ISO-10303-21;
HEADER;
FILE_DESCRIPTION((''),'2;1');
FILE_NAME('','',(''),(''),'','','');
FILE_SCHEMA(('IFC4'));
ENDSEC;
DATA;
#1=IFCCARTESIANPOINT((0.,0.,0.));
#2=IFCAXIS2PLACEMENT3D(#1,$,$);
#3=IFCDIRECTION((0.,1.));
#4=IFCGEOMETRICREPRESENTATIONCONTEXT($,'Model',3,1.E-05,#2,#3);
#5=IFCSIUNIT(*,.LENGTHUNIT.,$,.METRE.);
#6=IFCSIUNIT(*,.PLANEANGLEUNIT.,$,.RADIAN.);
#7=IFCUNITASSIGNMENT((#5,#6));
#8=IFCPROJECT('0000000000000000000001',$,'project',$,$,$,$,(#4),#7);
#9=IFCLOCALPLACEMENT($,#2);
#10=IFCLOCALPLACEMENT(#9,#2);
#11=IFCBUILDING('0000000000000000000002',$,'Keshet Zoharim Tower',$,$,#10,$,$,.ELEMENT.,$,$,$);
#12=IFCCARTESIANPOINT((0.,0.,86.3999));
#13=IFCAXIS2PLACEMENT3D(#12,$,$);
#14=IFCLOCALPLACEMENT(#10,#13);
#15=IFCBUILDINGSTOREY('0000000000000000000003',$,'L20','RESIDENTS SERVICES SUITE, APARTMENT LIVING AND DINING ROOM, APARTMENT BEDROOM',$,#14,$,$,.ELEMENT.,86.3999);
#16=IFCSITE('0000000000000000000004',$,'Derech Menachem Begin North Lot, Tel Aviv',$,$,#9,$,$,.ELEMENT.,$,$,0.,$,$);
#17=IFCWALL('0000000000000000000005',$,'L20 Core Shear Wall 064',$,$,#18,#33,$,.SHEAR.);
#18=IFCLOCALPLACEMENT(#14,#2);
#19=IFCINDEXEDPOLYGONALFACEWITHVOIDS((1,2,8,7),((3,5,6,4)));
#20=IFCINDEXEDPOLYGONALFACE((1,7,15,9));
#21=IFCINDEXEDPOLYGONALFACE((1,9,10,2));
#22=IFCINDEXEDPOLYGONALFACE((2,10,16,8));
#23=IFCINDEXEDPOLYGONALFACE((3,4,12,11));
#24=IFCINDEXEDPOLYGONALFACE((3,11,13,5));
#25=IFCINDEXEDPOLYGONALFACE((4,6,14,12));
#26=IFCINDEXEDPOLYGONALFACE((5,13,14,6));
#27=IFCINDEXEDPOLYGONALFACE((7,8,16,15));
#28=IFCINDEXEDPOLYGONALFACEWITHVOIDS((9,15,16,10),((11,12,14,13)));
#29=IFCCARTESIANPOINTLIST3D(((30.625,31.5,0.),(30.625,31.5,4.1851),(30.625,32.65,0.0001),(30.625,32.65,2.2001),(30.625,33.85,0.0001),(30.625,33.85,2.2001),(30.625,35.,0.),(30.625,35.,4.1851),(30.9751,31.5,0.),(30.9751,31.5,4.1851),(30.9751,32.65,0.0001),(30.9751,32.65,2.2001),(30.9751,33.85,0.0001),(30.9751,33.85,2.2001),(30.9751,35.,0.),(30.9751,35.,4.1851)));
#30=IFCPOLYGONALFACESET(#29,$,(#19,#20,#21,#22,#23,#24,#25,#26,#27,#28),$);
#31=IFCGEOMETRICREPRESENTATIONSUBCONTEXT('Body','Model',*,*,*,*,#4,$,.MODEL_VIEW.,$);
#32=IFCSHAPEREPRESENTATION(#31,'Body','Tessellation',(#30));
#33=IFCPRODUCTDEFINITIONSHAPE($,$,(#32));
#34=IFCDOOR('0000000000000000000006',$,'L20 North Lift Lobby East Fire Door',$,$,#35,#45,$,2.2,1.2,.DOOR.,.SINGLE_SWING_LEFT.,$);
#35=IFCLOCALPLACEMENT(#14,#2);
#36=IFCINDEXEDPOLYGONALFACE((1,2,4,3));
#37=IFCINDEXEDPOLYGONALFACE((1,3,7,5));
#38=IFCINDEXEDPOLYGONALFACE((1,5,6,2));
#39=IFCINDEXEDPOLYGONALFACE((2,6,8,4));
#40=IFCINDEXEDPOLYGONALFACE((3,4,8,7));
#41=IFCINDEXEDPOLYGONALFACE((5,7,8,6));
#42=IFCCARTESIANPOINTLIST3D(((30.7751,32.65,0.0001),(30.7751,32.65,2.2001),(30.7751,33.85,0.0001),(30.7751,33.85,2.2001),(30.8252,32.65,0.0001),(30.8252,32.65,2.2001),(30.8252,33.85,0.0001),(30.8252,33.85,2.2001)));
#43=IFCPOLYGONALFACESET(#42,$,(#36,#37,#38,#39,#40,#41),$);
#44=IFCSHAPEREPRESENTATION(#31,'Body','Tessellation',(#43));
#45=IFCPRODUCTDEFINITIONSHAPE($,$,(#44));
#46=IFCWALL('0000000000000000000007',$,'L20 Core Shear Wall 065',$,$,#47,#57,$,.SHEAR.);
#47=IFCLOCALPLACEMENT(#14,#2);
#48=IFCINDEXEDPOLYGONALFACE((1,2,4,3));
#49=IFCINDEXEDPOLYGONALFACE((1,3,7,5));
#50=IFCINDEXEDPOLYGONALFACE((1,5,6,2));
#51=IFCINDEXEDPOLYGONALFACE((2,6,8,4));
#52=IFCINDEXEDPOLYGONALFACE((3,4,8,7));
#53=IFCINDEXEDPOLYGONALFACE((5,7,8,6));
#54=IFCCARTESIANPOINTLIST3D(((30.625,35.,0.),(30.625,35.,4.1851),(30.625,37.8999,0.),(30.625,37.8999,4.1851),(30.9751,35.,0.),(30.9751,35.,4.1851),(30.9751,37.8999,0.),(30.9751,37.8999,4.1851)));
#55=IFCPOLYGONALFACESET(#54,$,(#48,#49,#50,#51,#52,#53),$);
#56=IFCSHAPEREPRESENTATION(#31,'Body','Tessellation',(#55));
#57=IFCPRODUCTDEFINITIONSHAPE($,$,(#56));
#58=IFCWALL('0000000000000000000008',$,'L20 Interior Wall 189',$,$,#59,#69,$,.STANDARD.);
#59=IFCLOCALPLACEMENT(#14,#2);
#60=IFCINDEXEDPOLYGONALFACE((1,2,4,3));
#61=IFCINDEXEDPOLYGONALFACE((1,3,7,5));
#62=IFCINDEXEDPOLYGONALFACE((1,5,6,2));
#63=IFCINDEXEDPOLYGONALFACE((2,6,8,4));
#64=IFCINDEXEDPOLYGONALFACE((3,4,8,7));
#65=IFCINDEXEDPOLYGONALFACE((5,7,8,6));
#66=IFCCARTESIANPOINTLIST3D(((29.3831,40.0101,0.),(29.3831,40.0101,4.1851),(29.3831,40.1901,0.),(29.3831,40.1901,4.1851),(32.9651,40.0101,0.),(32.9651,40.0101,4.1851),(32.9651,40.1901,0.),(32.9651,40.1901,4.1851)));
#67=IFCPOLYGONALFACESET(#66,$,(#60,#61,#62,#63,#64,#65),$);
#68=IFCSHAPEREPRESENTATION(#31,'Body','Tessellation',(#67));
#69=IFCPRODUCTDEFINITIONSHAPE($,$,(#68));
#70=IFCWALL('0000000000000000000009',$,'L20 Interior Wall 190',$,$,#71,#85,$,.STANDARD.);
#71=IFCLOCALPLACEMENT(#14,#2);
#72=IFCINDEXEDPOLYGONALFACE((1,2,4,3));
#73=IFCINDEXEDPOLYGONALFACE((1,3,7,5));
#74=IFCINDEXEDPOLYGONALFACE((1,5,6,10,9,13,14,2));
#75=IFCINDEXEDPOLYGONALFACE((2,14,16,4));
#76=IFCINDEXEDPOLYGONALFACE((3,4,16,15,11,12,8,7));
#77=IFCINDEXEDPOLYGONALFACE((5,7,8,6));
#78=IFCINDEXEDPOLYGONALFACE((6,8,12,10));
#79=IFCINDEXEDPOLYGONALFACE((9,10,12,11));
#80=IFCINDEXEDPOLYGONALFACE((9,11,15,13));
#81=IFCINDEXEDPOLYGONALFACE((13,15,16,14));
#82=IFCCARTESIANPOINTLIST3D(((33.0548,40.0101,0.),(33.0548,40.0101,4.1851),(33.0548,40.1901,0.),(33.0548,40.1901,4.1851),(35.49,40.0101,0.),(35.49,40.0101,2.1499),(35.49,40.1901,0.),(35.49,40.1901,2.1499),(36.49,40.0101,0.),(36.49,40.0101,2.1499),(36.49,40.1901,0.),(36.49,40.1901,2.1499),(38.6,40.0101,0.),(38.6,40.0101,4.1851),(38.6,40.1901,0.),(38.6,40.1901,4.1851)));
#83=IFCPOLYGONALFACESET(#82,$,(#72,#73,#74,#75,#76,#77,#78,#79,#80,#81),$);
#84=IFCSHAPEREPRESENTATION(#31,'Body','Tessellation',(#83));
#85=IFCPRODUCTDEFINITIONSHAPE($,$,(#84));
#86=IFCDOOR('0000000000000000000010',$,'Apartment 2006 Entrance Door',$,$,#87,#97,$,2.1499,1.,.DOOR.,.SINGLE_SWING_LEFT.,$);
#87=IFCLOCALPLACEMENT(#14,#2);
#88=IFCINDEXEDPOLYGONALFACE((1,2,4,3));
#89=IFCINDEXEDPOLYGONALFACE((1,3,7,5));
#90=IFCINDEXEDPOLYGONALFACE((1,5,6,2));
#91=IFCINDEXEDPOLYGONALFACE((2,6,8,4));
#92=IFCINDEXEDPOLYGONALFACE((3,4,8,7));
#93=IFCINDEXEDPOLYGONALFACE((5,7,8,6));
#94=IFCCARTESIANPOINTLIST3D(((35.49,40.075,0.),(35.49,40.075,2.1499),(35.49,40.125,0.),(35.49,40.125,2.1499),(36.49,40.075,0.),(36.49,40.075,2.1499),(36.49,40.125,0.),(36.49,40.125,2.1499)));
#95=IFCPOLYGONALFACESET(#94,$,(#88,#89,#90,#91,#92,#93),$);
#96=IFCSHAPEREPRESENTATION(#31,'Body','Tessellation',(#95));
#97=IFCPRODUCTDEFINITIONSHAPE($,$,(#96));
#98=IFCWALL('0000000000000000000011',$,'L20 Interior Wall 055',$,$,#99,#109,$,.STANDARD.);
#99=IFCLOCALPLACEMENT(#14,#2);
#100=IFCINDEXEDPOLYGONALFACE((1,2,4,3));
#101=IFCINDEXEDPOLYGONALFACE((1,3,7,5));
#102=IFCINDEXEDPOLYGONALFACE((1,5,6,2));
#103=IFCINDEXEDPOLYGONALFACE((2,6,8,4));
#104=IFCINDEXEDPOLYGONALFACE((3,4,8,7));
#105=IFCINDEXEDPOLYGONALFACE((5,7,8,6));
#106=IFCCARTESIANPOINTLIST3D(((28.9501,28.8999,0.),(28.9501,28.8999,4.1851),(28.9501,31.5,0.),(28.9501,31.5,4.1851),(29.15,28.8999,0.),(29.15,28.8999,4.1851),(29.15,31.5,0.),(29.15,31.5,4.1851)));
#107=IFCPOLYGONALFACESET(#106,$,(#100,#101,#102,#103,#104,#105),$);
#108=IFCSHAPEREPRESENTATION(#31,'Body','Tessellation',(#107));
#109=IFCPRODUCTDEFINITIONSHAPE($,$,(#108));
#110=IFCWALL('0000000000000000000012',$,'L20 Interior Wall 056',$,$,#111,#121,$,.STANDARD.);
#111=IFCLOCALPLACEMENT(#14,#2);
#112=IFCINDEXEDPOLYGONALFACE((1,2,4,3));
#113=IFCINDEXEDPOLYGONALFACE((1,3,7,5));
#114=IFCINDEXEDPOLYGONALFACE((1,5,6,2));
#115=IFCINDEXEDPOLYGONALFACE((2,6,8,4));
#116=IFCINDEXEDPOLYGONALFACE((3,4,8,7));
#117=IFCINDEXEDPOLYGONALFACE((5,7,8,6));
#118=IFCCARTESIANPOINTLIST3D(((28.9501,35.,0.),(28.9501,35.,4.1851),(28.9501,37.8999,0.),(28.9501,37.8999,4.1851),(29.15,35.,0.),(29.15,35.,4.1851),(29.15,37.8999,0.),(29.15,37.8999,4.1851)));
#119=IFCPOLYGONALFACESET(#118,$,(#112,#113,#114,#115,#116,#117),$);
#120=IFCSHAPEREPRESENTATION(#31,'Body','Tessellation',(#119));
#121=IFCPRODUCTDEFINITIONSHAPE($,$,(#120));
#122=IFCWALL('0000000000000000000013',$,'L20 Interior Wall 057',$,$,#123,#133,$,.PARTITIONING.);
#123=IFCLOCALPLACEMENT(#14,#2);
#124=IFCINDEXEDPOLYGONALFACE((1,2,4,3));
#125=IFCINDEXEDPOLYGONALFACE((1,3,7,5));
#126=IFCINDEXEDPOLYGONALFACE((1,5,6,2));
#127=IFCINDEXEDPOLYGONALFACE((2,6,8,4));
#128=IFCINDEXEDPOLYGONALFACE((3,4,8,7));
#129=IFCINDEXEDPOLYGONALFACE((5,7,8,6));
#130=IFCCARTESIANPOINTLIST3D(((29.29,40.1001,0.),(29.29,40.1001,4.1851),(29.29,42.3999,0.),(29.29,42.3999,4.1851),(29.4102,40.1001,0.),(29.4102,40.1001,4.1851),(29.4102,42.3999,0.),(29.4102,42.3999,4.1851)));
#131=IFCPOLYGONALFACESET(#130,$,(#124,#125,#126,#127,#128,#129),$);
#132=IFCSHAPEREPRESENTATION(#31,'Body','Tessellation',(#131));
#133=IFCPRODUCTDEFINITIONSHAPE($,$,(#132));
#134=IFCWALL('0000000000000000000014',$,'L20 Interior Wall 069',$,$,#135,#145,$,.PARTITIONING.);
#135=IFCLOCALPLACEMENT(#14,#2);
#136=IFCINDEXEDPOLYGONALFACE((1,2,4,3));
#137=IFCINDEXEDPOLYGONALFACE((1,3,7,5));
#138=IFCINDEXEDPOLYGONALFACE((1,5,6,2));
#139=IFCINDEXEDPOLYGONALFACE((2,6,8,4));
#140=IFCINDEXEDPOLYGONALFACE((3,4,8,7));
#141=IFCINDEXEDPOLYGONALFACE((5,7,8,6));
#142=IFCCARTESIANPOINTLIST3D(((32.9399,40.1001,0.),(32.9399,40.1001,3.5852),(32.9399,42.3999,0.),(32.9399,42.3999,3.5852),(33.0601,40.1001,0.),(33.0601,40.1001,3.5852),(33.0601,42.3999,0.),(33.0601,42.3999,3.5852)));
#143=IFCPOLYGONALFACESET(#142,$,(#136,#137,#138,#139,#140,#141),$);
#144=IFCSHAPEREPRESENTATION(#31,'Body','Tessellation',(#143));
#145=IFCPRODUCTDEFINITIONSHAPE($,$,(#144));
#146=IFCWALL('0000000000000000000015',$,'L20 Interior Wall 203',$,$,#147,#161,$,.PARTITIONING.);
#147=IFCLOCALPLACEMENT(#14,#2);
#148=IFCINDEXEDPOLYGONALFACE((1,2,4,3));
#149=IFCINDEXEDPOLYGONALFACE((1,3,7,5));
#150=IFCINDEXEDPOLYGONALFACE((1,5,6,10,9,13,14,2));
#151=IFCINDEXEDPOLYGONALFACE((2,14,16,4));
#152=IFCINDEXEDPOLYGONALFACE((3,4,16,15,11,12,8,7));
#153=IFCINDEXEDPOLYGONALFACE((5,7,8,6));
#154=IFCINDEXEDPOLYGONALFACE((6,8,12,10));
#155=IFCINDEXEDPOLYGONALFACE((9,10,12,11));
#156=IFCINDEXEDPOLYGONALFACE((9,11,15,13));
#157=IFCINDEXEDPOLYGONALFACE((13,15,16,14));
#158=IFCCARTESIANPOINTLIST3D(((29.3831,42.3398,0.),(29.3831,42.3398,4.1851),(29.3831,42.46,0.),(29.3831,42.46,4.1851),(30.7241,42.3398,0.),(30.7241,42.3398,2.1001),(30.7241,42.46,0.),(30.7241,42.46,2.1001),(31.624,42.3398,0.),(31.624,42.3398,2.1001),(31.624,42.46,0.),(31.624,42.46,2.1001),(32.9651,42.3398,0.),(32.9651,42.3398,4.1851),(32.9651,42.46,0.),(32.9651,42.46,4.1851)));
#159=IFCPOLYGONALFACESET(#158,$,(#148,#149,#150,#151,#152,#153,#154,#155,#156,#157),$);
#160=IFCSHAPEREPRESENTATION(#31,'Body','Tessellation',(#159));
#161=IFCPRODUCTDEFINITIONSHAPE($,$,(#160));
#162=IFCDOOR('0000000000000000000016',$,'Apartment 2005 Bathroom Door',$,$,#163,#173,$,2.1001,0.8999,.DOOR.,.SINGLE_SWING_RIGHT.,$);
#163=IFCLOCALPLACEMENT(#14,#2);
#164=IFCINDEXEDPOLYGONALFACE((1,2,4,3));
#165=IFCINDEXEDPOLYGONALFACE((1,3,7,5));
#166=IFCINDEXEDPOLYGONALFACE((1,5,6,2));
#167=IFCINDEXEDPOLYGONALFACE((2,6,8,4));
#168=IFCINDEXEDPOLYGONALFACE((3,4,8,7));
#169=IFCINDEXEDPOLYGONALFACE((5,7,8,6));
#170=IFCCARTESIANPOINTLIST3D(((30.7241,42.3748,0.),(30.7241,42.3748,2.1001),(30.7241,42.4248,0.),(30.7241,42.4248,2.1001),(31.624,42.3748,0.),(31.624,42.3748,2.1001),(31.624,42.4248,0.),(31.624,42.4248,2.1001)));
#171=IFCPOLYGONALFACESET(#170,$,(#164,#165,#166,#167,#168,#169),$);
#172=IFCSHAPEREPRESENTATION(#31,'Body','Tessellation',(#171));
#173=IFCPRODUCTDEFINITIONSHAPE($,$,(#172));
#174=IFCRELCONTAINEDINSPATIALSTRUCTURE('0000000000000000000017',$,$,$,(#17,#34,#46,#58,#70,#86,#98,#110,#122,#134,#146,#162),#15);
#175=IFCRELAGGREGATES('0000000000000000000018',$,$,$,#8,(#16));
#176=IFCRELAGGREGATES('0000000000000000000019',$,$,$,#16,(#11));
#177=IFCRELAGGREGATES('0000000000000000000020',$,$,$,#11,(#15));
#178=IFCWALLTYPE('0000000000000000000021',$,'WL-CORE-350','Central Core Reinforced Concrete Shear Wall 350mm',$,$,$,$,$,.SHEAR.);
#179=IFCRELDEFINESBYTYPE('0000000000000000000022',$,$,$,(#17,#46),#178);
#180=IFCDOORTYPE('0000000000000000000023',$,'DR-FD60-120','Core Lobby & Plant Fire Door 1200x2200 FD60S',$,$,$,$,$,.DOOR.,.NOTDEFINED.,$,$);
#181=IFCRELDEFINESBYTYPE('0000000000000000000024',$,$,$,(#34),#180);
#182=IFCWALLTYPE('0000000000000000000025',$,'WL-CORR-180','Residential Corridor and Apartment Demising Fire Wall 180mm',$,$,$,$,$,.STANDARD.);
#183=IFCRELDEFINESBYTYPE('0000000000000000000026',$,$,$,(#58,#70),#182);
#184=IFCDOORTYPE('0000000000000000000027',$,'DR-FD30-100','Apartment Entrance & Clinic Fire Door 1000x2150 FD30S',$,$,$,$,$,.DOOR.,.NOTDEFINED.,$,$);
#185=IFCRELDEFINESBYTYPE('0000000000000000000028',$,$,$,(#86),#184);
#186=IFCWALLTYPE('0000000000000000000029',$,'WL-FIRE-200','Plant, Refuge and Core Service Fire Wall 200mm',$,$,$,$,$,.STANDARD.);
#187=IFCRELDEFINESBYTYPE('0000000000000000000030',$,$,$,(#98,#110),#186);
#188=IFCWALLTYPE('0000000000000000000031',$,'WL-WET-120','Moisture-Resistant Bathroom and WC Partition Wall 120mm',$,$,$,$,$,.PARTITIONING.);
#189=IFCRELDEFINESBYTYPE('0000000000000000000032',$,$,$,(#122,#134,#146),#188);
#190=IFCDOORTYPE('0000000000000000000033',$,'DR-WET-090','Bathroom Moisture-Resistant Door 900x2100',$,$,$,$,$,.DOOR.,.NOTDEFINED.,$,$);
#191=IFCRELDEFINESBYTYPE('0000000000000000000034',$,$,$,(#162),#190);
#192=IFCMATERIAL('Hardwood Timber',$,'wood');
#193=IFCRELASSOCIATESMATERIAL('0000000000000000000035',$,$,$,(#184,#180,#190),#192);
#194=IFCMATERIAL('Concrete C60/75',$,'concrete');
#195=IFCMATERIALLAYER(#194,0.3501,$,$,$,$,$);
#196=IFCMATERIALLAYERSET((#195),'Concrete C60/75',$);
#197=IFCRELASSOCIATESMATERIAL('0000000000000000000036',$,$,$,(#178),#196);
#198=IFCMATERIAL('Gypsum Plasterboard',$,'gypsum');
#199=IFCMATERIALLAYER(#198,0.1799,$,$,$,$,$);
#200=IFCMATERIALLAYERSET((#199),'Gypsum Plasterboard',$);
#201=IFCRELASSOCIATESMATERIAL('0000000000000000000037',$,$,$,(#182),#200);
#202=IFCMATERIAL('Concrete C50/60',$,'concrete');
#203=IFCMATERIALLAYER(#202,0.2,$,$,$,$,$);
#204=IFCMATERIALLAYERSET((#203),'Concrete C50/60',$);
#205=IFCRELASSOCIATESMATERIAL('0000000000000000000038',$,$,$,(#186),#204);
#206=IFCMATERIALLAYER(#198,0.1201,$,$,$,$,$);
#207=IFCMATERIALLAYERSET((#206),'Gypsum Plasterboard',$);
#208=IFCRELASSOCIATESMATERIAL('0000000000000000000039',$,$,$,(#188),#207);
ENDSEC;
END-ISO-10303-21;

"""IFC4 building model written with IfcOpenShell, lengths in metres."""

from ifc_helpers import new_model, si_unit, direction, frame, frame_2d, origin, place, context, subcontext, project, spatial, rectangle, extrude, material, layer, layer_set, type_object, element, fill, save


model = new_model("IFC4")

# Units and contexts
model_context = context("Model", 3, precision=1e-05, world=origin(), true_north=direction((0.0, 1.0)))
body_context = subcontext(model_context, "Body", "Model", "MODEL_VIEW")
ifc_project = project(units=[si_unit("LENGTHUNIT", "METRE"), si_unit("PLANEANGLEUNIT", "RADIAN")], contexts=[model_context])

# Site, building, storey
site_placement = place(None, origin())
site = spatial("IfcSite", under=ifc_project, at=site_placement, Name="Derech Menachem Begin North Lot, Tel Aviv", CompositionType="ELEMENT", RefElevation=0.0)
building_placement = place(site_placement, origin())
building = spatial("IfcBuilding", under=site, at=building_placement, Name="Keshet Zoharim Tower", CompositionType="ELEMENT")
storey_placement = place(building_placement, frame((0.0, 0.0, 86.3999)))
storey = spatial("IfcBuildingStorey", under=building, at=storey_placement, Name="L20", Description="RESIDENTS SERVICES SUITE, APARTMENT LIVING AND DINING ROOM, APARTMENT BEDROOM", CompositionType="ELEMENT", Elevation=86.3999)

# Shared definitions
ifc_material_1 = material(Name="Concrete C60/75", Category="concrete")

# Shared definitions
ifc_material_2 = material(Name="Gypsum Plasterboard", Category="gypsum")

# Shared definitions
ifc_material_3 = material(Name="Hardwood Timber", Category="wood")
door_type_1 = type_object("IfcDoorType", Name="DR-FD30-100", Description="Apartment Entrance & Clinic Fire Door 1000x2150 FD30S", OperationType="NOTDEFINED", PredefinedType="DOOR", material=ifc_material_3)

# Shared definitions
ifc_layer_1 = layer(ifc_material_1, 0.3501)
ifc_layer_set_1 = layer_set([ifc_layer_1], Name="Concrete C60/75")
wall_type_1 = type_object("IfcWallType", Name="WL-CORE-350", Description="Central Core Reinforced Concrete Shear Wall 350mm", PredefinedType="SHEAR", material=ifc_layer_set_1)

# Wall, opening, door
wall_1_placement = place(storey_placement, frame((30.8, 31.5, 0.0), z_axis=(0.0, 0.0, 1.0), x_axis=(0.0, 1.0, 0.0)))
wall_1 = element("IfcWall", 1, at=wall_1_placement, inside=storey, type_object=wall_type_1, Name="L20 Core Shear Wall 064", PredefinedType="SHEAR", context=body_context, shape_type="SweptSolid", body=[
    extrude(rectangle(XDim=3.5, YDim=0.3501, at=frame_2d((1.75, 0.0))), origin(), (0.0, 0.0, 1.0), 4.1851),
])
opening_1_placement = place(wall_1_placement, frame((1.1499, 0.0, 0.0)))
opening_1 = element("IfcOpeningElement", 2, at=opening_1_placement, cuts=wall_1, PredefinedType="OPENING", context=body_context, shape_type="SweptSolid", body=[
    extrude(rectangle(XDim=1.2, YDim=2.2, at=frame_2d((0.6001, 1.1001))), frame((0.0, 0.1851, 0.0), z_axis=(0.0, -1.0, 0.0), x_axis=(1.0, 0.0, 0.0)), (0.0, 0.0, 1.0), 0.3701),
])
door_type_2 = type_object("IfcDoorType", Name="DR-FD60-120", Description="Core Lobby & Plant Fire Door 1200x2200 FD60S", OperationType="NOTDEFINED", PredefinedType="DOOR", material=ifc_material_3)
door_1_placement = place(opening_1_placement, origin())
door_1 = element("IfcDoor", 3, at=door_1_placement, inside=storey, type_object=door_type_2, Name="L20 North Lift Lobby East Fire Door", OperationType="SINGLE_SWING_LEFT", OverallHeight=2.2, OverallWidth=1.2, PredefinedType="DOOR", context=body_context, shape_type="SweptSolid", body=[
    extrude(rectangle(XDim=1.2, YDim=2.2, at=frame_2d((0.6001, 1.1001))), frame((0.0, 0.0249, 0.0), z_axis=(0.0, -1.0, 0.0), x_axis=(1.0, 0.0, 0.0)), (0.0, 0.0, 1.0), 0.05),
])
fill(opening_1, door_1)

# Walls
wall_2_placement = place(storey_placement, frame((30.8, 35.0, 0.0), z_axis=(0.0, 0.0, 1.0), x_axis=(0.0, 1.0, 0.0)))
element("IfcWall", 4, at=wall_2_placement, inside=storey, type_object=wall_type_1, Name="L20 Core Shear Wall 065", PredefinedType="SHEAR", context=body_context, shape_type="SweptSolid", body=[
    extrude(rectangle(XDim=2.8999, YDim=0.3501, at=frame_2d((1.45, 0.0))), origin(), (0.0, 0.0, 1.0), 4.1851),
])
ifc_layer_2 = layer(ifc_material_2, 0.1799)
ifc_layer_set_2 = layer_set([ifc_layer_2], Name="Gypsum Plasterboard")
wall_type_2 = type_object("IfcWallType", Name="WL-CORR-180", Description="Residential Corridor and Apartment Demising Fire Wall 180mm", PredefinedType="STANDARD", material=ifc_layer_set_2)
wall_3_placement = place(storey_placement, frame((29.3831, 40.1001, 0.0), z_axis=(0.0, 0.0, 1.0), x_axis=(1.0, 0.0, 0.0)))
element("IfcWall", 5, at=wall_3_placement, inside=storey, type_object=wall_type_2, Name="L20 Interior Wall 189", PredefinedType="STANDARD", context=body_context, shape_type="SweptSolid", body=[
    extrude(rectangle(XDim=3.582, YDim=0.1799, at=frame_2d((1.791, 0.0))), origin(), (0.0, 0.0, 1.0), 4.1851),
])

# Wall, opening, door
wall_4_placement = place(storey_placement, frame((33.0549, 40.1001, 0.0), z_axis=(0.0, 0.0, 1.0), x_axis=(1.0, 0.0, 0.0)))
wall_4 = element("IfcWall", 6, at=wall_4_placement, inside=storey, type_object=wall_type_2, Name="L20 Interior Wall 190", PredefinedType="STANDARD", context=body_context, shape_type="SweptSolid", body=[
    extrude(rectangle(XDim=5.5452, YDim=0.1799, at=frame_2d((2.7725, 0.0))), origin(), (0.0, 0.0, 1.0), 4.1851),
])
opening_2_placement = place(wall_4_placement, frame((2.4351, 0.0, 0.0)))
opening_2 = element("IfcOpeningElement", 7, at=opening_2_placement, cuts=wall_4, PredefinedType="OPENING", context=body_context, shape_type="SweptSolid", body=[
    extrude(rectangle(XDim=1.0, YDim=2.1499, at=frame_2d((0.5, 1.075))), frame((0.0, 0.1001, 0.0), z_axis=(0.0, -1.0, 0.0), x_axis=(1.0, 0.0, 0.0)), (0.0, 0.0, 1.0), 0.2),
])
door_2_placement = place(opening_2_placement, origin())
door_2 = element("IfcDoor", 8, at=door_2_placement, inside=storey, type_object=door_type_1, Name="Apartment 2006 Entrance Door", OperationType="SINGLE_SWING_LEFT", OverallHeight=2.1499, OverallWidth=1.0, PredefinedType="DOOR", context=body_context, shape_type="SweptSolid", body=[
    extrude(rectangle(XDim=1.0, YDim=2.1499, at=frame_2d((0.5, 1.075))), frame((0.0, 0.0249, 0.0), z_axis=(0.0, -1.0, 0.0), x_axis=(1.0, 0.0, 0.0)), (0.0, 0.0, 1.0), 0.05),
])
fill(opening_2, door_2)

# Walls
ifc_material_4 = material(Name="Concrete C50/60", Category="concrete")
ifc_layer_3 = layer(ifc_material_4, 0.2)
ifc_layer_set_3 = layer_set([ifc_layer_3], Name="Concrete C50/60")
wall_type_3 = type_object("IfcWallType", Name="WL-FIRE-200", Description="Plant, Refuge and Core Service Fire Wall 200mm", PredefinedType="STANDARD", material=ifc_layer_set_3)
wall_5_placement = place(storey_placement, frame((29.05, 28.8999, 0.0), z_axis=(0.0, 0.0, 1.0), x_axis=(0.0, 1.0, 0.0)))
element("IfcWall", 9, at=wall_5_placement, inside=storey, type_object=wall_type_3, Name="L20 Interior Wall 055", PredefinedType="STANDARD", context=body_context, shape_type="SweptSolid", body=[
    extrude(rectangle(XDim=2.6001, YDim=0.2, at=frame_2d((1.3, 0.0))), origin(), (0.0, 0.0, 1.0), 4.1851),
])
wall_6_placement = place(storey_placement, frame((29.05, 35.0, 0.0), z_axis=(0.0, 0.0, 1.0), x_axis=(0.0, 1.0, 0.0)))
element("IfcWall", 10, at=wall_6_placement, inside=storey, type_object=wall_type_3, Name="L20 Interior Wall 056", PredefinedType="STANDARD", context=body_context, shape_type="SweptSolid", body=[
    extrude(rectangle(XDim=2.8999, YDim=0.2, at=frame_2d((1.45, 0.0))), origin(), (0.0, 0.0, 1.0), 4.1851),
])
ifc_layer_4 = layer(ifc_material_2, 0.1201)
ifc_layer_set_4 = layer_set([ifc_layer_4], Name="Gypsum Plasterboard")
wall_type_4 = type_object("IfcWallType", Name="WL-WET-120", Description="Moisture-Resistant Bathroom and WC Partition Wall 120mm", PredefinedType="PARTITIONING", material=ifc_layer_set_4)
wall_7_placement = place(storey_placement, frame((29.3501, 40.1001, 0.0), z_axis=(0.0, 0.0, 1.0), x_axis=(0.0, 1.0, 0.0)))
element("IfcWall", 11, at=wall_7_placement, inside=storey, type_object=wall_type_4, Name="L20 Interior Wall 057", PredefinedType="PARTITIONING", context=body_context, shape_type="SweptSolid", body=[
    extrude(rectangle(XDim=2.2998, YDim=0.1201, at=frame_2d((1.1499, 0.0))), origin(), (0.0, 0.0, 1.0), 4.1851),
])
wall_8_placement = place(storey_placement, frame((33.0, 40.1001, 0.0), z_axis=(0.0, 0.0, 1.0), x_axis=(0.0, 1.0, 0.0)))
element("IfcWall", 12, at=wall_8_placement, inside=storey, type_object=wall_type_4, Name="L20 Interior Wall 069", PredefinedType="PARTITIONING", context=body_context, shape_type="SweptSolid", body=[
    extrude(rectangle(XDim=2.2998, YDim=0.1201, at=frame_2d((1.1499, 0.0))), origin(), (0.0, 0.0, 1.0), 3.5852),
])

# Wall, opening, door
wall_9_placement = place(storey_placement, frame((29.3831, 42.3999, 0.0), z_axis=(0.0, 0.0, 1.0), x_axis=(1.0, 0.0, 0.0)))
wall_9 = element("IfcWall", 13, at=wall_9_placement, inside=storey, type_object=wall_type_4, Name="L20 Interior Wall 203", PredefinedType="PARTITIONING", context=body_context, shape_type="SweptSolid", body=[
    extrude(rectangle(XDim=3.582, YDim=0.1201, at=frame_2d((1.791, 0.0))), origin(), (0.0, 0.0, 1.0), 4.1851),
])
opening_3_placement = place(wall_9_placement, frame((1.3411, 0.0, 0.0)))
opening_3 = element("IfcOpeningElement", 14, at=opening_3_placement, cuts=wall_9, PredefinedType="OPENING", context=body_context, shape_type="SweptSolid", body=[
    extrude(rectangle(XDim=0.8999, YDim=2.1001, at=frame_2d((0.45, 1.05))), frame((0.0, 0.0701, 0.0), z_axis=(0.0, -1.0, 0.0), x_axis=(1.0, 0.0, 0.0)), (0.0, 0.0, 1.0), 0.1401),
])
door_type_3 = type_object("IfcDoorType", Name="DR-WET-090", Description="Bathroom Moisture-Resistant Door 900x2100", OperationType="NOTDEFINED", PredefinedType="DOOR", material=ifc_material_3)
door_3_placement = place(opening_3_placement, origin())
door_3 = element("IfcDoor", 15, at=door_3_placement, inside=storey, type_object=door_type_3, Name="Apartment 2005 Bathroom Door", OperationType="SINGLE_SWING_RIGHT", OverallHeight=2.1001, OverallWidth=0.8999, PredefinedType="DOOR", context=body_context, shape_type="SweptSolid", body=[
    extrude(rectangle(XDim=0.8999, YDim=2.1001, at=frame_2d((0.45, 1.05))), frame((0.0, 0.0249, 0.0), z_axis=(0.0, -1.0, 0.0), x_axis=(1.0, 0.0, 0.0)), (0.0, 0.0, 1.0), 0.05),
])
fill(opening_3, door_3)

save(model, "model.ifc")
